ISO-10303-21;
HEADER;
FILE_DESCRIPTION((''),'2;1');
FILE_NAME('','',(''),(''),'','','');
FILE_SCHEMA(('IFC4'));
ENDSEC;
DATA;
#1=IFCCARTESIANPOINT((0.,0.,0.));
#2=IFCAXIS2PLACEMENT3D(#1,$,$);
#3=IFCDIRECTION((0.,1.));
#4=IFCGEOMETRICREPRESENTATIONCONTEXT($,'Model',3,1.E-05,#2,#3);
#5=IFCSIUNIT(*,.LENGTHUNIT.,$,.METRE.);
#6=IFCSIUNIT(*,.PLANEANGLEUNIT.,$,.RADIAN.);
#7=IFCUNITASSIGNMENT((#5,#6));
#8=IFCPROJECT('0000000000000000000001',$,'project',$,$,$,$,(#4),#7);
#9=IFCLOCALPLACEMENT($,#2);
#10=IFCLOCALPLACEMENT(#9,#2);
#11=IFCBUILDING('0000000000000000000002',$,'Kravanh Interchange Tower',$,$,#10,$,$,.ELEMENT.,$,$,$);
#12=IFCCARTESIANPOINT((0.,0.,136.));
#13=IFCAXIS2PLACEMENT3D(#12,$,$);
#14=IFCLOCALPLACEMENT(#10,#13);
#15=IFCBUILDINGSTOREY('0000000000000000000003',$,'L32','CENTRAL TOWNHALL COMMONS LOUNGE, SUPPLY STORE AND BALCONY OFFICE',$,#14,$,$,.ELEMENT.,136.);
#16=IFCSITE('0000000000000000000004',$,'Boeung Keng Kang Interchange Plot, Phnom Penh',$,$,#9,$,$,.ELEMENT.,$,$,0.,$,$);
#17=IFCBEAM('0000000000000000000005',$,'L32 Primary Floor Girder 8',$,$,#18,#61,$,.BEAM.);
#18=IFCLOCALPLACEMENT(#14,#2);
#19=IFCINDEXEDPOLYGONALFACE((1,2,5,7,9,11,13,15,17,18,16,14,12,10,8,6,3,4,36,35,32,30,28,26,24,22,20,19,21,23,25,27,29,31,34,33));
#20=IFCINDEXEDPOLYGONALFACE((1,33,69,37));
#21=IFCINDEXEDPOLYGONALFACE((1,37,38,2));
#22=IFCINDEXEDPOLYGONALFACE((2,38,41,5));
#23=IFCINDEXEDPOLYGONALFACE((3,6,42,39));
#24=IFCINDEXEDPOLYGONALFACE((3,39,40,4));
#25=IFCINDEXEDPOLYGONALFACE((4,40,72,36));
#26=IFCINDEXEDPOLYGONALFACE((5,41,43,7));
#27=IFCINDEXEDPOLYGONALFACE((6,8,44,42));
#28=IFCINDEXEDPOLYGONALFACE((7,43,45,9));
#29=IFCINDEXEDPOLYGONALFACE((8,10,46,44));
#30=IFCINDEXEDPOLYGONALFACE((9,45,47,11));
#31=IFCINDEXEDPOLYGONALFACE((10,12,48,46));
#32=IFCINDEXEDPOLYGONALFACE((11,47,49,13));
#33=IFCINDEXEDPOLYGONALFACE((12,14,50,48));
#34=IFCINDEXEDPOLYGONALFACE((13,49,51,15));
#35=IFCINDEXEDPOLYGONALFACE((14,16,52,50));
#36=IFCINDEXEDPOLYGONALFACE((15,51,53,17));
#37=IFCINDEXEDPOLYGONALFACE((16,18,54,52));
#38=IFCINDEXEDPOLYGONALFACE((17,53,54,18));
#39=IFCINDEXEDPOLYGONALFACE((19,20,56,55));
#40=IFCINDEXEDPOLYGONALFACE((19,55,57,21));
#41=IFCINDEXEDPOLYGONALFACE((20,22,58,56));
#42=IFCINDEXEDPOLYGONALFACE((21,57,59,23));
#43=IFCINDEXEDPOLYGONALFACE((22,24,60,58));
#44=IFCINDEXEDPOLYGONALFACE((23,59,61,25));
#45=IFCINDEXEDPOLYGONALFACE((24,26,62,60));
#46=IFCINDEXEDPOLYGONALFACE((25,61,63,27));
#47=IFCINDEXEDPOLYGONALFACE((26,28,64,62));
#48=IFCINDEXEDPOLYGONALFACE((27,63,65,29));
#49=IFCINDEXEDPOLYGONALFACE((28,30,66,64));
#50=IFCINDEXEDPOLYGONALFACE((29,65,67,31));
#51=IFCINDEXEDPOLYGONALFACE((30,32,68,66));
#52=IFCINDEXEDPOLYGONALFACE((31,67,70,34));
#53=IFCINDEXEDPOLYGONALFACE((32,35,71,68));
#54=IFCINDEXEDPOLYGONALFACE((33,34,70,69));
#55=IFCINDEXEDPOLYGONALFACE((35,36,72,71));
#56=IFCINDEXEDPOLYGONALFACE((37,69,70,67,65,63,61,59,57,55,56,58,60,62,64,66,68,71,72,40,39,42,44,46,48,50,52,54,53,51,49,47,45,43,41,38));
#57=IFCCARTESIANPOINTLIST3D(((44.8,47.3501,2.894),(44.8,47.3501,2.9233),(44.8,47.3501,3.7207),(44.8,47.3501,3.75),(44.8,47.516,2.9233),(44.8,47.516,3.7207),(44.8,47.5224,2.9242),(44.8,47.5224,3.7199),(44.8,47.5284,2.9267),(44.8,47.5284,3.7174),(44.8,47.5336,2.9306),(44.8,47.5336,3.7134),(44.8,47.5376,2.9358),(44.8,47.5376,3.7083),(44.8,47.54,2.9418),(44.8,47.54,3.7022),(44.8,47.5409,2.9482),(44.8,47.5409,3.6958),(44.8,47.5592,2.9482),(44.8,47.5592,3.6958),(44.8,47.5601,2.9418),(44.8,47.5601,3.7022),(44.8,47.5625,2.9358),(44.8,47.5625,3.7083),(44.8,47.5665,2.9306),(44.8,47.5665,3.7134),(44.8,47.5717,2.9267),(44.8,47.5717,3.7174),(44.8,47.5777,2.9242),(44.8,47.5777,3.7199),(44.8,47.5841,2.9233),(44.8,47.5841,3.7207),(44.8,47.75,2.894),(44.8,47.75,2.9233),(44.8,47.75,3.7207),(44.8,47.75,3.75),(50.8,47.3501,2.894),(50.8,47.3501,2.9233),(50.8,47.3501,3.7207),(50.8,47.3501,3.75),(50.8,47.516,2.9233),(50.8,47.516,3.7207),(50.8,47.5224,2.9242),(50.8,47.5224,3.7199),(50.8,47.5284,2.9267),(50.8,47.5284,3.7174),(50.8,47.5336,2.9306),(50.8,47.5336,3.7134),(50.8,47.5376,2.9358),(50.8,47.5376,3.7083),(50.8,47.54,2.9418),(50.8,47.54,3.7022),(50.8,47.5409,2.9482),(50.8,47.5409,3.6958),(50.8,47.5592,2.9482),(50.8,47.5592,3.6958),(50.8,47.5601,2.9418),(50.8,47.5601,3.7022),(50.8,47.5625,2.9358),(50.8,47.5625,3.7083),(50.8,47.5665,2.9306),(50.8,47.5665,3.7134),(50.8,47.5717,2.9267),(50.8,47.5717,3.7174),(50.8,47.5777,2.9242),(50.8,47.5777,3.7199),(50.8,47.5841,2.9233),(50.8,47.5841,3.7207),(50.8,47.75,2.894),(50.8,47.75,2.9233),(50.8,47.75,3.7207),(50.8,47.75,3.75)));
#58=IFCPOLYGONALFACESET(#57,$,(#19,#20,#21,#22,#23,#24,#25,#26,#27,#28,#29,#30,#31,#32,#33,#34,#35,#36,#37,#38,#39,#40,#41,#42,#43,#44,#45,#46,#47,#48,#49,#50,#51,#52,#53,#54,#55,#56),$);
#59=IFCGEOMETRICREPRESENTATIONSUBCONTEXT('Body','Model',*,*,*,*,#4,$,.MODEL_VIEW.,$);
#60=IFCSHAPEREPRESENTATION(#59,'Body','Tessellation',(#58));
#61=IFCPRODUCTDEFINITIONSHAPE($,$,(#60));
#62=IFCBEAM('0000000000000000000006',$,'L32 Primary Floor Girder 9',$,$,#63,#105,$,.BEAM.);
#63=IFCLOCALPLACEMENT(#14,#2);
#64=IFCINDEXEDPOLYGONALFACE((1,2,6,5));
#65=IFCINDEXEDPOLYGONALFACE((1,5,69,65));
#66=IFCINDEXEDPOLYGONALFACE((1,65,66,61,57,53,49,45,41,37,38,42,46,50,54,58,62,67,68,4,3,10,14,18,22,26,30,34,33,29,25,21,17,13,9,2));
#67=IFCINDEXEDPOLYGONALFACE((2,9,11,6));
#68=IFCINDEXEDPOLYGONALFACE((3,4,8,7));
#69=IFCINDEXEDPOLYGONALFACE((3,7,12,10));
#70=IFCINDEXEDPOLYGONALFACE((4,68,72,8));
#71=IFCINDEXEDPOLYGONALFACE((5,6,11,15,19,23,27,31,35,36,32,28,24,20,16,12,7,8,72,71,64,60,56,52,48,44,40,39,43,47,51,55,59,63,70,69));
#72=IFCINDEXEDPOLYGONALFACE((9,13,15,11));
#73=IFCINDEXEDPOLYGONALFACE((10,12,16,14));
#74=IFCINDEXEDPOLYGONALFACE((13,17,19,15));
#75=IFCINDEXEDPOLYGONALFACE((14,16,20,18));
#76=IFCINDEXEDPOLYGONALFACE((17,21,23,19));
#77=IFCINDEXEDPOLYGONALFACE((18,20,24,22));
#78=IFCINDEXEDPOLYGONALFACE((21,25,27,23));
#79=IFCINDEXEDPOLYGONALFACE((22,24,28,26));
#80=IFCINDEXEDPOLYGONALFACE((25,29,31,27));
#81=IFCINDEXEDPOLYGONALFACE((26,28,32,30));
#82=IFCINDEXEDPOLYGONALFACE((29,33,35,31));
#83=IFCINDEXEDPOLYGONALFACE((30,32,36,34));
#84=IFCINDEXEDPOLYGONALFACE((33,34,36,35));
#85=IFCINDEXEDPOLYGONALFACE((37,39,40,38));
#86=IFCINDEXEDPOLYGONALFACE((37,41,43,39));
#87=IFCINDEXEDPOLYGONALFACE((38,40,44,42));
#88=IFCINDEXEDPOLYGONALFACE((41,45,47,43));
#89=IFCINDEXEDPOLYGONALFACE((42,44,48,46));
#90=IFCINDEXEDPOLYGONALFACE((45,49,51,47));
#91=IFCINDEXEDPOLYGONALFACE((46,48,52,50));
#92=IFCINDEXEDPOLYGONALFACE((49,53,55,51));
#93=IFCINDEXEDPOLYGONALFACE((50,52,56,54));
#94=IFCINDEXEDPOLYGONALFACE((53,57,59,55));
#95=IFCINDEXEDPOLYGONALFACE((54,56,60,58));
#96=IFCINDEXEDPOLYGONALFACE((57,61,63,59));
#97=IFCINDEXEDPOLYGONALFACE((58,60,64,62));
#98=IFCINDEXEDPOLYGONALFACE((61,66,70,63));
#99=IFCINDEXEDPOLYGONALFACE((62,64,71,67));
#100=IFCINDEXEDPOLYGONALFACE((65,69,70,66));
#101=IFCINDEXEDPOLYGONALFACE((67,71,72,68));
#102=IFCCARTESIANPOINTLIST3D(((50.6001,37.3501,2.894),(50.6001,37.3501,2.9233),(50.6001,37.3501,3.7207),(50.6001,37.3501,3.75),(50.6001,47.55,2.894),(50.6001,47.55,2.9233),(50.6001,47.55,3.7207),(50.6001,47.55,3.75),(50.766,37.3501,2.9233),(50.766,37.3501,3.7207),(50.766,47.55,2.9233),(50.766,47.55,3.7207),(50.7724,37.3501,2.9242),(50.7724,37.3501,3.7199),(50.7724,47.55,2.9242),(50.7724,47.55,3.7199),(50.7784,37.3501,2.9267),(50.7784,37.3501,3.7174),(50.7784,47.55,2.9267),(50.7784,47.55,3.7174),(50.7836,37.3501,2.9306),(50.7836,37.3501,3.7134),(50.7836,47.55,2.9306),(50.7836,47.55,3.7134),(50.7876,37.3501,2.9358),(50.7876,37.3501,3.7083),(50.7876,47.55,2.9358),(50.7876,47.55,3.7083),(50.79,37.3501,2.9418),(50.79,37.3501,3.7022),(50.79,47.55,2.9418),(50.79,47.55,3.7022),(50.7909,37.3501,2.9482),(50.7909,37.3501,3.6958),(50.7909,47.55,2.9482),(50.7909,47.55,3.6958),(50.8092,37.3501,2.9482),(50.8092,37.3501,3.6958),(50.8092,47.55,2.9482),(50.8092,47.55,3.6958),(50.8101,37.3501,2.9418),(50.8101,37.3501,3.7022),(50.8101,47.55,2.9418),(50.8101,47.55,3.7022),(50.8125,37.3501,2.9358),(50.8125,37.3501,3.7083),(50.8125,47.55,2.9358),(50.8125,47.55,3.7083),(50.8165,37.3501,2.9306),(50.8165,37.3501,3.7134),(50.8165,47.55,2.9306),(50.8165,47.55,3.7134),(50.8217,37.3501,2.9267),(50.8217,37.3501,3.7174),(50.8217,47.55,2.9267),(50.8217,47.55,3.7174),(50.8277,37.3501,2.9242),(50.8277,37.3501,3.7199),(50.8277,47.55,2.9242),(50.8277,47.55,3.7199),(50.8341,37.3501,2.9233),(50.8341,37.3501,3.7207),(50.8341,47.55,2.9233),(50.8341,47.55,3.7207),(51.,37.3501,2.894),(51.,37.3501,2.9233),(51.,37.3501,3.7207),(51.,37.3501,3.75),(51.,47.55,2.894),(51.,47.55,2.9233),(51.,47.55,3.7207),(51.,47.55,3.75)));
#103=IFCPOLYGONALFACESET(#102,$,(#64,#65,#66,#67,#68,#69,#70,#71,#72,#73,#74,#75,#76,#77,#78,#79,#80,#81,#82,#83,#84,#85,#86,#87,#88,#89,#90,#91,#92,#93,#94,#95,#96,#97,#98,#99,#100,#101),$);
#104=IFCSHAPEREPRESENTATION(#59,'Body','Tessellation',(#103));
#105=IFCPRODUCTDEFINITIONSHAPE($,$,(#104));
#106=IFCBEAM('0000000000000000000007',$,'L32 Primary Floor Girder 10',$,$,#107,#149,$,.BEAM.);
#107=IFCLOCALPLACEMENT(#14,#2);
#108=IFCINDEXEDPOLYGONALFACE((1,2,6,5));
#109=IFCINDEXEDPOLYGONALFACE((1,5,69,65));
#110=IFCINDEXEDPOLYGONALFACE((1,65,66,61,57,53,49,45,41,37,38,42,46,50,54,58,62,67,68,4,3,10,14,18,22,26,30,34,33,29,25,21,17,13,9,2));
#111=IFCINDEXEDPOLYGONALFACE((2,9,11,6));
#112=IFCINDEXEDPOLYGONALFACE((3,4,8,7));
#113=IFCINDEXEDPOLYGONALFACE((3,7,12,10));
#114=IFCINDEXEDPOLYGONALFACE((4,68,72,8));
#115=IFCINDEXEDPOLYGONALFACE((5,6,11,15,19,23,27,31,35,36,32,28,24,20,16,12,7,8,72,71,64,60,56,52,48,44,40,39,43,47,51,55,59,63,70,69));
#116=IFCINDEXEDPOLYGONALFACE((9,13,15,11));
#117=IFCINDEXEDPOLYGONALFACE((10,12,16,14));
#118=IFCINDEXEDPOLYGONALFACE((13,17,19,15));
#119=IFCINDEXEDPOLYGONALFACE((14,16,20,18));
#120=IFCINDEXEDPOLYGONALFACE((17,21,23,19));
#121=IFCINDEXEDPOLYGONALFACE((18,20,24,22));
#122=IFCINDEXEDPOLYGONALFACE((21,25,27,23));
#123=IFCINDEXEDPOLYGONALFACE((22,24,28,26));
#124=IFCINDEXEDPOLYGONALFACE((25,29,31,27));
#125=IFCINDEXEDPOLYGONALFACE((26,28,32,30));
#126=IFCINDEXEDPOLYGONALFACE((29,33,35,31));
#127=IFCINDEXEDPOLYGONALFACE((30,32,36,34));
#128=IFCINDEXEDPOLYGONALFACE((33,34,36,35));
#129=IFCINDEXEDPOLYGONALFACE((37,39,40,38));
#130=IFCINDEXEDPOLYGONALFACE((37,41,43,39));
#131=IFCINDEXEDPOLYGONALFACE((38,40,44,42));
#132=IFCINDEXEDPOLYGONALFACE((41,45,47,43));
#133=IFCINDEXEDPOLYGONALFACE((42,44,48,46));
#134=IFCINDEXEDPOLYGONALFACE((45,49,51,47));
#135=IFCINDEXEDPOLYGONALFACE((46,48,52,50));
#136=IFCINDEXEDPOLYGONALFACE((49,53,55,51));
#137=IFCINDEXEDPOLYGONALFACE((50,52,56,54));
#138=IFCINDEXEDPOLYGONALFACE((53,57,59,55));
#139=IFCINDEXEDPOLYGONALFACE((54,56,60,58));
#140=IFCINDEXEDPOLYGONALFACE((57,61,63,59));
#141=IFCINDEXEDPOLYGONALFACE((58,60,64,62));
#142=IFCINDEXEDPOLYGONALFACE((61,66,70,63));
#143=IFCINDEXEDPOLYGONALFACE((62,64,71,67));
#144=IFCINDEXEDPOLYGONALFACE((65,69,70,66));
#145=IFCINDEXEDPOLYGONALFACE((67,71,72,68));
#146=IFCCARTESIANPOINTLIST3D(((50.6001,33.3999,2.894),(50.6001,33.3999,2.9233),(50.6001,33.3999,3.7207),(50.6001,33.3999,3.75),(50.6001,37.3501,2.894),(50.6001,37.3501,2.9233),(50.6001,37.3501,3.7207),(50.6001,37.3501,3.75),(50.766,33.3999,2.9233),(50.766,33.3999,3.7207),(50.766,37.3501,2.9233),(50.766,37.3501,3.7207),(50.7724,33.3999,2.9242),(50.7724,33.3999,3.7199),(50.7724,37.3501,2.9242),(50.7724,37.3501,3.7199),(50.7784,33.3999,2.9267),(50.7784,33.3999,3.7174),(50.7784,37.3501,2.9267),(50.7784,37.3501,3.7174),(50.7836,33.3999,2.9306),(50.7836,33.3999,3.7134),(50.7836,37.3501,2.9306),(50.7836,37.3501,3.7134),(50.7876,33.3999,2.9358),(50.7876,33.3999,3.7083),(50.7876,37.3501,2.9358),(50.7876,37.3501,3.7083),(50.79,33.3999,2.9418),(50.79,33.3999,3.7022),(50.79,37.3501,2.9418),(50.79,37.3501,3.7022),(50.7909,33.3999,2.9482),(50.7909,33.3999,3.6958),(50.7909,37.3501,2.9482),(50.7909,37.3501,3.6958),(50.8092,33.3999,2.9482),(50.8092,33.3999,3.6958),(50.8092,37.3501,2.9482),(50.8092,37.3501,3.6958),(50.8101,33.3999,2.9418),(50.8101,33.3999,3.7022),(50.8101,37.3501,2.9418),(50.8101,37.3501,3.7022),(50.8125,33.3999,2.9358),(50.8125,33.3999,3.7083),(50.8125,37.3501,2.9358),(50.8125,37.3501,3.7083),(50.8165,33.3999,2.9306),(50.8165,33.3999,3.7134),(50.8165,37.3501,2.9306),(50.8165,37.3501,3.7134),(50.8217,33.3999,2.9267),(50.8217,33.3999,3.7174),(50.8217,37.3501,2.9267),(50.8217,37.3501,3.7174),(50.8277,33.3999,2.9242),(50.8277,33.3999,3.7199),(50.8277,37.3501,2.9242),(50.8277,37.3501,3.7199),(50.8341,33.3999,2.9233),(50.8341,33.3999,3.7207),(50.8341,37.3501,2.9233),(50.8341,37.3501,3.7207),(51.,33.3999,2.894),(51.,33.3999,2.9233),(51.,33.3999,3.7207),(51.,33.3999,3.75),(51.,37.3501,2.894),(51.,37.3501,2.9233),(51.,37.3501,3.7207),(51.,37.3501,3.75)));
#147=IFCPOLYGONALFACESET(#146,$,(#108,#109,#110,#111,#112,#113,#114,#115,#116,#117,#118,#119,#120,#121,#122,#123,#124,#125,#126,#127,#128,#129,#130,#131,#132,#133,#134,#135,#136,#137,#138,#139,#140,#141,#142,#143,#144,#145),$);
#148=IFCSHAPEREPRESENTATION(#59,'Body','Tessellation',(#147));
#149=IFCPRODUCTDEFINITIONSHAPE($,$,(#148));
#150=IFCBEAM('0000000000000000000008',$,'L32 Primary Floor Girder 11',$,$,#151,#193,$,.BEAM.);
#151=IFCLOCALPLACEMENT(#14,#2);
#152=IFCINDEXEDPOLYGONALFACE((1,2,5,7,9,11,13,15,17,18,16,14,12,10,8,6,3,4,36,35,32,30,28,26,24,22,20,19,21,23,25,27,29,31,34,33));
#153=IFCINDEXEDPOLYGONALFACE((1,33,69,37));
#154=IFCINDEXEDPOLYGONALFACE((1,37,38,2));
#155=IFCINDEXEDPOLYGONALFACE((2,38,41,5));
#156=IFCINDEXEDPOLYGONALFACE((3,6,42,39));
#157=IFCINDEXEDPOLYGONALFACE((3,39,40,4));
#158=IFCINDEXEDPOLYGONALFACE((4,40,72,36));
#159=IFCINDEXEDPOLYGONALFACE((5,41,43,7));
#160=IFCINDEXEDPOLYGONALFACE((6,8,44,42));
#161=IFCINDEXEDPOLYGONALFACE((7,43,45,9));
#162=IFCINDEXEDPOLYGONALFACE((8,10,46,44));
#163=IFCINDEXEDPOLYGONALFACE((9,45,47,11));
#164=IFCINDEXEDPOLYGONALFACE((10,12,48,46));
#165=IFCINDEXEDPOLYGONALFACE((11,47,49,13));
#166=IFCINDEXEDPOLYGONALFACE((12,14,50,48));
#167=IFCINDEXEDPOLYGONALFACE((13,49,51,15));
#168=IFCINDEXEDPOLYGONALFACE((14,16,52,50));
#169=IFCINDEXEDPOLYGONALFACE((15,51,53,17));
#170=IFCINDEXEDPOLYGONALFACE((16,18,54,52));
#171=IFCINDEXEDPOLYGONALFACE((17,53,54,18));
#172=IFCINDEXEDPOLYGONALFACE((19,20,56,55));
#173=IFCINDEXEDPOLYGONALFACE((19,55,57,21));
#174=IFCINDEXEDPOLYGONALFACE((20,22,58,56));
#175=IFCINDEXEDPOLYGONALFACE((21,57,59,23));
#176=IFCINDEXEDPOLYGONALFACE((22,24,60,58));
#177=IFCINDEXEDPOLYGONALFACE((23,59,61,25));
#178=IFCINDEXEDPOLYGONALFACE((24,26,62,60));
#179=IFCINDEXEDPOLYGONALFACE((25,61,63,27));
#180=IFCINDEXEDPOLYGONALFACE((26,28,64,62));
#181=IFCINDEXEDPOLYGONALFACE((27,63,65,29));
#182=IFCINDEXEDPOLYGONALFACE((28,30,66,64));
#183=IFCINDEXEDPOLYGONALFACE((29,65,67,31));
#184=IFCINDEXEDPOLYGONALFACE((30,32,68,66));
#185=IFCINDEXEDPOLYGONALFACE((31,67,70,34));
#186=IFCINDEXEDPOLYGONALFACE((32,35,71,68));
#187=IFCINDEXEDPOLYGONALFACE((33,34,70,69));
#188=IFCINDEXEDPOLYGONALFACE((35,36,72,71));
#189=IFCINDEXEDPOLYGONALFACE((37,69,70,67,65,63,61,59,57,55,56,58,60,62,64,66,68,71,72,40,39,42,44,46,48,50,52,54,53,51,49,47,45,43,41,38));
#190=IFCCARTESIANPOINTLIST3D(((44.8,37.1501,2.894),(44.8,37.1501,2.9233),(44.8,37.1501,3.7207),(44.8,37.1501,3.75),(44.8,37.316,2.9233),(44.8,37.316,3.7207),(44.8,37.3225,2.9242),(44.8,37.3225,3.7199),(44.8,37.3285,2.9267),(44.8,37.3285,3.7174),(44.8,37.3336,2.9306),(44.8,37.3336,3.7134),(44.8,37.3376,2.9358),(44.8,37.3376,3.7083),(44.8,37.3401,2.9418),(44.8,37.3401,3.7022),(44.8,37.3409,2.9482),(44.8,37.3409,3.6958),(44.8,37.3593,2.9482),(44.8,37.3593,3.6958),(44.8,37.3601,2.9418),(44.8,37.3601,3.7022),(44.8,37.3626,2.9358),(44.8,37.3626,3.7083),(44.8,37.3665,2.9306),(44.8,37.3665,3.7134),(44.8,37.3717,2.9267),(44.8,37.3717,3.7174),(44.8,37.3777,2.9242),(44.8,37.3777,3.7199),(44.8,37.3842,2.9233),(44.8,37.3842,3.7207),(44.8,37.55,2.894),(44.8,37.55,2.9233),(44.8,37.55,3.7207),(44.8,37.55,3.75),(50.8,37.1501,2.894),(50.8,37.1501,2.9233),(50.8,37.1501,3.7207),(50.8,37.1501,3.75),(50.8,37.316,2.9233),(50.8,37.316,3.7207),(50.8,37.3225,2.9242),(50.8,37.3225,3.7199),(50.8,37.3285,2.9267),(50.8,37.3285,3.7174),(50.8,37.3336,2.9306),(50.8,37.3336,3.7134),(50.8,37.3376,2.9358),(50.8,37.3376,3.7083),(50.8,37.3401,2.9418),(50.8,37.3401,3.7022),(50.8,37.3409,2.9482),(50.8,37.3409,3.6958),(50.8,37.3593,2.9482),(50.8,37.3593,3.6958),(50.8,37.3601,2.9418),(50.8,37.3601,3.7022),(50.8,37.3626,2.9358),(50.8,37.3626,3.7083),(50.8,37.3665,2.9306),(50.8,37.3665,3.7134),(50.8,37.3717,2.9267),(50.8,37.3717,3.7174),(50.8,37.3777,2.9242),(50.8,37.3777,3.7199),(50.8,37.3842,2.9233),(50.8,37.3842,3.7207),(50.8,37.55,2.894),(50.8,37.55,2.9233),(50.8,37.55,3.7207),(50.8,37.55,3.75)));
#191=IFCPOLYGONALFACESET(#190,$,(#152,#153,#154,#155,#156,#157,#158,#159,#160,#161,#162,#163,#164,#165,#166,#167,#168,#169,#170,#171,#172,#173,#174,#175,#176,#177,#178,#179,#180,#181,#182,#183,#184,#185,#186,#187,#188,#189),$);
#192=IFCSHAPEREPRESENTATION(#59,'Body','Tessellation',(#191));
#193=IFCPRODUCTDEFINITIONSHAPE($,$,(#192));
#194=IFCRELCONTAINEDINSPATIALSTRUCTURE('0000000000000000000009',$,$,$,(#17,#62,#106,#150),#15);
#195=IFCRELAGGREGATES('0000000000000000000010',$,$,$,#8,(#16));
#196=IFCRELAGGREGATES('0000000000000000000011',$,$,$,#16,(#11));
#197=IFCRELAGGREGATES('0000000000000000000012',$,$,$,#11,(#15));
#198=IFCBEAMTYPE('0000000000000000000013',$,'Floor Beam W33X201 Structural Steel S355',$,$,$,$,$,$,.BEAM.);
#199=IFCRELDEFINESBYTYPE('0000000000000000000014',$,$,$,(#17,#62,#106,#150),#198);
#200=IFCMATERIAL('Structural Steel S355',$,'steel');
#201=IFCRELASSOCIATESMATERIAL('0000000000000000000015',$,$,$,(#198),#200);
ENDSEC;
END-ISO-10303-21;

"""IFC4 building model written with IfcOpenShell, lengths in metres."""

from ifc_helpers import new_model, si_unit, direction, frame, origin, origin_2d, place, context, subcontext, project, spatial, i_section, extrude, material, material_profile, profile_set, type_object, element, save


model = new_model("IFC4")

# Units and contexts
model_context = context("Model", 3, precision=1e-05, world=origin(), true_north=direction((0.0, 1.0)))
body_context = subcontext(model_context, "Body", "Model", "MODEL_VIEW")
ifc_project = project(units=[si_unit("LENGTHUNIT", "METRE"), si_unit("PLANEANGLEUNIT", "RADIAN")], contexts=[model_context])

# Site, building, storey
site_placement = place(None, origin())
site = spatial("IfcSite", under=ifc_project, at=site_placement, Name="Boeung Keng Kang Interchange Plot, Phnom Penh", CompositionType="ELEMENT", RefElevation=0.0)
building_placement = place(site_placement, origin())
building = spatial("IfcBuilding", under=site, at=building_placement, Name="Kravanh Interchange Tower", CompositionType="ELEMENT")
storey_placement = place(building_placement, frame((0.0, 0.0, 136.0)))
storey = spatial("IfcBuildingStorey", under=building, at=storey_placement, Name="L32", Description="CENTRAL TOWNHALL COMMONS LOUNGE, SUPPLY STORE AND BALCONY OFFICE", CompositionType="ELEMENT", Elevation=136.0)

# Beams
ifc_material_1 = material(Name="Structural Steel S355", Category="steel")
ifc_material_profile_1 = material_profile(ifc_material_1, i_section(OverallWidth=0.3999, OverallDepth=0.856, WebThickness=0.0183, FlangeThickness=0.0293, FilletRadius=0.0249, at=origin_2d()), Name="W33X201")
ifc_profile_set_1 = profile_set([ifc_material_profile_1], Name="Structural Steel S355")
beam_type_1 = type_object("IfcBeamType", Name="Floor Beam W33X201 Structural Steel S355", PredefinedType="BEAM", material=ifc_profile_set_1)
beam_1_placement = place(storey_placement, frame((50.8, 47.55, 3.322), z_axis=(-1.0, 0.0, 0.0), x_axis=(0.0, -1.0, 0.0)))
element("IfcBeam", 1, at=beam_1_placement, inside=storey, type_object=beam_type_1, Name="L32 Primary Floor Girder 8", PredefinedType="BEAM", context=body_context, shape_type="SweptSolid", body=[
    extrude(i_section(OverallWidth=0.3999, OverallDepth=0.856, WebThickness=0.0183, FlangeThickness=0.0293, FilletRadius=0.0249, at=origin_2d()), origin(), (0.0, 0.0, 1.0), 6.0),
])
beam_2_placement = place(storey_placement, frame((50.8, 47.55, 3.322), z_axis=(0.0, -1.0, 0.0), x_axis=(1.0, 0.0, 0.0)))
element("IfcBeam", 2, at=beam_2_placement, inside=storey, type_object=beam_type_1, Name="L32 Primary Floor Girder 9", PredefinedType="BEAM", context=body_context, shape_type="SweptSolid", body=[
    extrude(i_section(OverallWidth=0.3999, OverallDepth=0.856, WebThickness=0.0183, FlangeThickness=0.0293, FilletRadius=0.0249, at=origin_2d()), origin(), (0.0, 0.0, 1.0), 10.2),
])
beam_3_placement = place(storey_placement, frame((50.8, 37.3501, 3.322), z_axis=(0.0, -1.0, 0.0), x_axis=(1.0, 0.0, 0.0)))
element("IfcBeam", 3, at=beam_3_placement, inside=storey, type_object=beam_type_1, Name="L32 Primary Floor Girder 10", PredefinedType="BEAM", context=body_context, shape_type="SweptSolid", body=[
    extrude(i_section(OverallWidth=0.3999, OverallDepth=0.856, WebThickness=0.0183, FlangeThickness=0.0293, FilletRadius=0.0249, at=origin_2d()), origin(), (0.0, 0.0, 1.0), 3.9502),
])
beam_4_placement = place(storey_placement, frame((50.8, 37.3501, 3.322), z_axis=(-1.0, 0.0, 0.0), x_axis=(0.0, -1.0, 0.0)))
element("IfcBeam", 4, at=beam_4_placement, inside=storey, type_object=beam_type_1, Name="L32 Primary Floor Girder 11", PredefinedType="BEAM", context=body_context, shape_type="SweptSolid", body=[
    extrude(i_section(OverallWidth=0.3999, OverallDepth=0.856, WebThickness=0.0183, FlangeThickness=0.0293, FilletRadius=0.0249, at=origin_2d()), origin(), (0.0, 0.0, 1.0), 6.0),
])

save(model, "model.ifc")
